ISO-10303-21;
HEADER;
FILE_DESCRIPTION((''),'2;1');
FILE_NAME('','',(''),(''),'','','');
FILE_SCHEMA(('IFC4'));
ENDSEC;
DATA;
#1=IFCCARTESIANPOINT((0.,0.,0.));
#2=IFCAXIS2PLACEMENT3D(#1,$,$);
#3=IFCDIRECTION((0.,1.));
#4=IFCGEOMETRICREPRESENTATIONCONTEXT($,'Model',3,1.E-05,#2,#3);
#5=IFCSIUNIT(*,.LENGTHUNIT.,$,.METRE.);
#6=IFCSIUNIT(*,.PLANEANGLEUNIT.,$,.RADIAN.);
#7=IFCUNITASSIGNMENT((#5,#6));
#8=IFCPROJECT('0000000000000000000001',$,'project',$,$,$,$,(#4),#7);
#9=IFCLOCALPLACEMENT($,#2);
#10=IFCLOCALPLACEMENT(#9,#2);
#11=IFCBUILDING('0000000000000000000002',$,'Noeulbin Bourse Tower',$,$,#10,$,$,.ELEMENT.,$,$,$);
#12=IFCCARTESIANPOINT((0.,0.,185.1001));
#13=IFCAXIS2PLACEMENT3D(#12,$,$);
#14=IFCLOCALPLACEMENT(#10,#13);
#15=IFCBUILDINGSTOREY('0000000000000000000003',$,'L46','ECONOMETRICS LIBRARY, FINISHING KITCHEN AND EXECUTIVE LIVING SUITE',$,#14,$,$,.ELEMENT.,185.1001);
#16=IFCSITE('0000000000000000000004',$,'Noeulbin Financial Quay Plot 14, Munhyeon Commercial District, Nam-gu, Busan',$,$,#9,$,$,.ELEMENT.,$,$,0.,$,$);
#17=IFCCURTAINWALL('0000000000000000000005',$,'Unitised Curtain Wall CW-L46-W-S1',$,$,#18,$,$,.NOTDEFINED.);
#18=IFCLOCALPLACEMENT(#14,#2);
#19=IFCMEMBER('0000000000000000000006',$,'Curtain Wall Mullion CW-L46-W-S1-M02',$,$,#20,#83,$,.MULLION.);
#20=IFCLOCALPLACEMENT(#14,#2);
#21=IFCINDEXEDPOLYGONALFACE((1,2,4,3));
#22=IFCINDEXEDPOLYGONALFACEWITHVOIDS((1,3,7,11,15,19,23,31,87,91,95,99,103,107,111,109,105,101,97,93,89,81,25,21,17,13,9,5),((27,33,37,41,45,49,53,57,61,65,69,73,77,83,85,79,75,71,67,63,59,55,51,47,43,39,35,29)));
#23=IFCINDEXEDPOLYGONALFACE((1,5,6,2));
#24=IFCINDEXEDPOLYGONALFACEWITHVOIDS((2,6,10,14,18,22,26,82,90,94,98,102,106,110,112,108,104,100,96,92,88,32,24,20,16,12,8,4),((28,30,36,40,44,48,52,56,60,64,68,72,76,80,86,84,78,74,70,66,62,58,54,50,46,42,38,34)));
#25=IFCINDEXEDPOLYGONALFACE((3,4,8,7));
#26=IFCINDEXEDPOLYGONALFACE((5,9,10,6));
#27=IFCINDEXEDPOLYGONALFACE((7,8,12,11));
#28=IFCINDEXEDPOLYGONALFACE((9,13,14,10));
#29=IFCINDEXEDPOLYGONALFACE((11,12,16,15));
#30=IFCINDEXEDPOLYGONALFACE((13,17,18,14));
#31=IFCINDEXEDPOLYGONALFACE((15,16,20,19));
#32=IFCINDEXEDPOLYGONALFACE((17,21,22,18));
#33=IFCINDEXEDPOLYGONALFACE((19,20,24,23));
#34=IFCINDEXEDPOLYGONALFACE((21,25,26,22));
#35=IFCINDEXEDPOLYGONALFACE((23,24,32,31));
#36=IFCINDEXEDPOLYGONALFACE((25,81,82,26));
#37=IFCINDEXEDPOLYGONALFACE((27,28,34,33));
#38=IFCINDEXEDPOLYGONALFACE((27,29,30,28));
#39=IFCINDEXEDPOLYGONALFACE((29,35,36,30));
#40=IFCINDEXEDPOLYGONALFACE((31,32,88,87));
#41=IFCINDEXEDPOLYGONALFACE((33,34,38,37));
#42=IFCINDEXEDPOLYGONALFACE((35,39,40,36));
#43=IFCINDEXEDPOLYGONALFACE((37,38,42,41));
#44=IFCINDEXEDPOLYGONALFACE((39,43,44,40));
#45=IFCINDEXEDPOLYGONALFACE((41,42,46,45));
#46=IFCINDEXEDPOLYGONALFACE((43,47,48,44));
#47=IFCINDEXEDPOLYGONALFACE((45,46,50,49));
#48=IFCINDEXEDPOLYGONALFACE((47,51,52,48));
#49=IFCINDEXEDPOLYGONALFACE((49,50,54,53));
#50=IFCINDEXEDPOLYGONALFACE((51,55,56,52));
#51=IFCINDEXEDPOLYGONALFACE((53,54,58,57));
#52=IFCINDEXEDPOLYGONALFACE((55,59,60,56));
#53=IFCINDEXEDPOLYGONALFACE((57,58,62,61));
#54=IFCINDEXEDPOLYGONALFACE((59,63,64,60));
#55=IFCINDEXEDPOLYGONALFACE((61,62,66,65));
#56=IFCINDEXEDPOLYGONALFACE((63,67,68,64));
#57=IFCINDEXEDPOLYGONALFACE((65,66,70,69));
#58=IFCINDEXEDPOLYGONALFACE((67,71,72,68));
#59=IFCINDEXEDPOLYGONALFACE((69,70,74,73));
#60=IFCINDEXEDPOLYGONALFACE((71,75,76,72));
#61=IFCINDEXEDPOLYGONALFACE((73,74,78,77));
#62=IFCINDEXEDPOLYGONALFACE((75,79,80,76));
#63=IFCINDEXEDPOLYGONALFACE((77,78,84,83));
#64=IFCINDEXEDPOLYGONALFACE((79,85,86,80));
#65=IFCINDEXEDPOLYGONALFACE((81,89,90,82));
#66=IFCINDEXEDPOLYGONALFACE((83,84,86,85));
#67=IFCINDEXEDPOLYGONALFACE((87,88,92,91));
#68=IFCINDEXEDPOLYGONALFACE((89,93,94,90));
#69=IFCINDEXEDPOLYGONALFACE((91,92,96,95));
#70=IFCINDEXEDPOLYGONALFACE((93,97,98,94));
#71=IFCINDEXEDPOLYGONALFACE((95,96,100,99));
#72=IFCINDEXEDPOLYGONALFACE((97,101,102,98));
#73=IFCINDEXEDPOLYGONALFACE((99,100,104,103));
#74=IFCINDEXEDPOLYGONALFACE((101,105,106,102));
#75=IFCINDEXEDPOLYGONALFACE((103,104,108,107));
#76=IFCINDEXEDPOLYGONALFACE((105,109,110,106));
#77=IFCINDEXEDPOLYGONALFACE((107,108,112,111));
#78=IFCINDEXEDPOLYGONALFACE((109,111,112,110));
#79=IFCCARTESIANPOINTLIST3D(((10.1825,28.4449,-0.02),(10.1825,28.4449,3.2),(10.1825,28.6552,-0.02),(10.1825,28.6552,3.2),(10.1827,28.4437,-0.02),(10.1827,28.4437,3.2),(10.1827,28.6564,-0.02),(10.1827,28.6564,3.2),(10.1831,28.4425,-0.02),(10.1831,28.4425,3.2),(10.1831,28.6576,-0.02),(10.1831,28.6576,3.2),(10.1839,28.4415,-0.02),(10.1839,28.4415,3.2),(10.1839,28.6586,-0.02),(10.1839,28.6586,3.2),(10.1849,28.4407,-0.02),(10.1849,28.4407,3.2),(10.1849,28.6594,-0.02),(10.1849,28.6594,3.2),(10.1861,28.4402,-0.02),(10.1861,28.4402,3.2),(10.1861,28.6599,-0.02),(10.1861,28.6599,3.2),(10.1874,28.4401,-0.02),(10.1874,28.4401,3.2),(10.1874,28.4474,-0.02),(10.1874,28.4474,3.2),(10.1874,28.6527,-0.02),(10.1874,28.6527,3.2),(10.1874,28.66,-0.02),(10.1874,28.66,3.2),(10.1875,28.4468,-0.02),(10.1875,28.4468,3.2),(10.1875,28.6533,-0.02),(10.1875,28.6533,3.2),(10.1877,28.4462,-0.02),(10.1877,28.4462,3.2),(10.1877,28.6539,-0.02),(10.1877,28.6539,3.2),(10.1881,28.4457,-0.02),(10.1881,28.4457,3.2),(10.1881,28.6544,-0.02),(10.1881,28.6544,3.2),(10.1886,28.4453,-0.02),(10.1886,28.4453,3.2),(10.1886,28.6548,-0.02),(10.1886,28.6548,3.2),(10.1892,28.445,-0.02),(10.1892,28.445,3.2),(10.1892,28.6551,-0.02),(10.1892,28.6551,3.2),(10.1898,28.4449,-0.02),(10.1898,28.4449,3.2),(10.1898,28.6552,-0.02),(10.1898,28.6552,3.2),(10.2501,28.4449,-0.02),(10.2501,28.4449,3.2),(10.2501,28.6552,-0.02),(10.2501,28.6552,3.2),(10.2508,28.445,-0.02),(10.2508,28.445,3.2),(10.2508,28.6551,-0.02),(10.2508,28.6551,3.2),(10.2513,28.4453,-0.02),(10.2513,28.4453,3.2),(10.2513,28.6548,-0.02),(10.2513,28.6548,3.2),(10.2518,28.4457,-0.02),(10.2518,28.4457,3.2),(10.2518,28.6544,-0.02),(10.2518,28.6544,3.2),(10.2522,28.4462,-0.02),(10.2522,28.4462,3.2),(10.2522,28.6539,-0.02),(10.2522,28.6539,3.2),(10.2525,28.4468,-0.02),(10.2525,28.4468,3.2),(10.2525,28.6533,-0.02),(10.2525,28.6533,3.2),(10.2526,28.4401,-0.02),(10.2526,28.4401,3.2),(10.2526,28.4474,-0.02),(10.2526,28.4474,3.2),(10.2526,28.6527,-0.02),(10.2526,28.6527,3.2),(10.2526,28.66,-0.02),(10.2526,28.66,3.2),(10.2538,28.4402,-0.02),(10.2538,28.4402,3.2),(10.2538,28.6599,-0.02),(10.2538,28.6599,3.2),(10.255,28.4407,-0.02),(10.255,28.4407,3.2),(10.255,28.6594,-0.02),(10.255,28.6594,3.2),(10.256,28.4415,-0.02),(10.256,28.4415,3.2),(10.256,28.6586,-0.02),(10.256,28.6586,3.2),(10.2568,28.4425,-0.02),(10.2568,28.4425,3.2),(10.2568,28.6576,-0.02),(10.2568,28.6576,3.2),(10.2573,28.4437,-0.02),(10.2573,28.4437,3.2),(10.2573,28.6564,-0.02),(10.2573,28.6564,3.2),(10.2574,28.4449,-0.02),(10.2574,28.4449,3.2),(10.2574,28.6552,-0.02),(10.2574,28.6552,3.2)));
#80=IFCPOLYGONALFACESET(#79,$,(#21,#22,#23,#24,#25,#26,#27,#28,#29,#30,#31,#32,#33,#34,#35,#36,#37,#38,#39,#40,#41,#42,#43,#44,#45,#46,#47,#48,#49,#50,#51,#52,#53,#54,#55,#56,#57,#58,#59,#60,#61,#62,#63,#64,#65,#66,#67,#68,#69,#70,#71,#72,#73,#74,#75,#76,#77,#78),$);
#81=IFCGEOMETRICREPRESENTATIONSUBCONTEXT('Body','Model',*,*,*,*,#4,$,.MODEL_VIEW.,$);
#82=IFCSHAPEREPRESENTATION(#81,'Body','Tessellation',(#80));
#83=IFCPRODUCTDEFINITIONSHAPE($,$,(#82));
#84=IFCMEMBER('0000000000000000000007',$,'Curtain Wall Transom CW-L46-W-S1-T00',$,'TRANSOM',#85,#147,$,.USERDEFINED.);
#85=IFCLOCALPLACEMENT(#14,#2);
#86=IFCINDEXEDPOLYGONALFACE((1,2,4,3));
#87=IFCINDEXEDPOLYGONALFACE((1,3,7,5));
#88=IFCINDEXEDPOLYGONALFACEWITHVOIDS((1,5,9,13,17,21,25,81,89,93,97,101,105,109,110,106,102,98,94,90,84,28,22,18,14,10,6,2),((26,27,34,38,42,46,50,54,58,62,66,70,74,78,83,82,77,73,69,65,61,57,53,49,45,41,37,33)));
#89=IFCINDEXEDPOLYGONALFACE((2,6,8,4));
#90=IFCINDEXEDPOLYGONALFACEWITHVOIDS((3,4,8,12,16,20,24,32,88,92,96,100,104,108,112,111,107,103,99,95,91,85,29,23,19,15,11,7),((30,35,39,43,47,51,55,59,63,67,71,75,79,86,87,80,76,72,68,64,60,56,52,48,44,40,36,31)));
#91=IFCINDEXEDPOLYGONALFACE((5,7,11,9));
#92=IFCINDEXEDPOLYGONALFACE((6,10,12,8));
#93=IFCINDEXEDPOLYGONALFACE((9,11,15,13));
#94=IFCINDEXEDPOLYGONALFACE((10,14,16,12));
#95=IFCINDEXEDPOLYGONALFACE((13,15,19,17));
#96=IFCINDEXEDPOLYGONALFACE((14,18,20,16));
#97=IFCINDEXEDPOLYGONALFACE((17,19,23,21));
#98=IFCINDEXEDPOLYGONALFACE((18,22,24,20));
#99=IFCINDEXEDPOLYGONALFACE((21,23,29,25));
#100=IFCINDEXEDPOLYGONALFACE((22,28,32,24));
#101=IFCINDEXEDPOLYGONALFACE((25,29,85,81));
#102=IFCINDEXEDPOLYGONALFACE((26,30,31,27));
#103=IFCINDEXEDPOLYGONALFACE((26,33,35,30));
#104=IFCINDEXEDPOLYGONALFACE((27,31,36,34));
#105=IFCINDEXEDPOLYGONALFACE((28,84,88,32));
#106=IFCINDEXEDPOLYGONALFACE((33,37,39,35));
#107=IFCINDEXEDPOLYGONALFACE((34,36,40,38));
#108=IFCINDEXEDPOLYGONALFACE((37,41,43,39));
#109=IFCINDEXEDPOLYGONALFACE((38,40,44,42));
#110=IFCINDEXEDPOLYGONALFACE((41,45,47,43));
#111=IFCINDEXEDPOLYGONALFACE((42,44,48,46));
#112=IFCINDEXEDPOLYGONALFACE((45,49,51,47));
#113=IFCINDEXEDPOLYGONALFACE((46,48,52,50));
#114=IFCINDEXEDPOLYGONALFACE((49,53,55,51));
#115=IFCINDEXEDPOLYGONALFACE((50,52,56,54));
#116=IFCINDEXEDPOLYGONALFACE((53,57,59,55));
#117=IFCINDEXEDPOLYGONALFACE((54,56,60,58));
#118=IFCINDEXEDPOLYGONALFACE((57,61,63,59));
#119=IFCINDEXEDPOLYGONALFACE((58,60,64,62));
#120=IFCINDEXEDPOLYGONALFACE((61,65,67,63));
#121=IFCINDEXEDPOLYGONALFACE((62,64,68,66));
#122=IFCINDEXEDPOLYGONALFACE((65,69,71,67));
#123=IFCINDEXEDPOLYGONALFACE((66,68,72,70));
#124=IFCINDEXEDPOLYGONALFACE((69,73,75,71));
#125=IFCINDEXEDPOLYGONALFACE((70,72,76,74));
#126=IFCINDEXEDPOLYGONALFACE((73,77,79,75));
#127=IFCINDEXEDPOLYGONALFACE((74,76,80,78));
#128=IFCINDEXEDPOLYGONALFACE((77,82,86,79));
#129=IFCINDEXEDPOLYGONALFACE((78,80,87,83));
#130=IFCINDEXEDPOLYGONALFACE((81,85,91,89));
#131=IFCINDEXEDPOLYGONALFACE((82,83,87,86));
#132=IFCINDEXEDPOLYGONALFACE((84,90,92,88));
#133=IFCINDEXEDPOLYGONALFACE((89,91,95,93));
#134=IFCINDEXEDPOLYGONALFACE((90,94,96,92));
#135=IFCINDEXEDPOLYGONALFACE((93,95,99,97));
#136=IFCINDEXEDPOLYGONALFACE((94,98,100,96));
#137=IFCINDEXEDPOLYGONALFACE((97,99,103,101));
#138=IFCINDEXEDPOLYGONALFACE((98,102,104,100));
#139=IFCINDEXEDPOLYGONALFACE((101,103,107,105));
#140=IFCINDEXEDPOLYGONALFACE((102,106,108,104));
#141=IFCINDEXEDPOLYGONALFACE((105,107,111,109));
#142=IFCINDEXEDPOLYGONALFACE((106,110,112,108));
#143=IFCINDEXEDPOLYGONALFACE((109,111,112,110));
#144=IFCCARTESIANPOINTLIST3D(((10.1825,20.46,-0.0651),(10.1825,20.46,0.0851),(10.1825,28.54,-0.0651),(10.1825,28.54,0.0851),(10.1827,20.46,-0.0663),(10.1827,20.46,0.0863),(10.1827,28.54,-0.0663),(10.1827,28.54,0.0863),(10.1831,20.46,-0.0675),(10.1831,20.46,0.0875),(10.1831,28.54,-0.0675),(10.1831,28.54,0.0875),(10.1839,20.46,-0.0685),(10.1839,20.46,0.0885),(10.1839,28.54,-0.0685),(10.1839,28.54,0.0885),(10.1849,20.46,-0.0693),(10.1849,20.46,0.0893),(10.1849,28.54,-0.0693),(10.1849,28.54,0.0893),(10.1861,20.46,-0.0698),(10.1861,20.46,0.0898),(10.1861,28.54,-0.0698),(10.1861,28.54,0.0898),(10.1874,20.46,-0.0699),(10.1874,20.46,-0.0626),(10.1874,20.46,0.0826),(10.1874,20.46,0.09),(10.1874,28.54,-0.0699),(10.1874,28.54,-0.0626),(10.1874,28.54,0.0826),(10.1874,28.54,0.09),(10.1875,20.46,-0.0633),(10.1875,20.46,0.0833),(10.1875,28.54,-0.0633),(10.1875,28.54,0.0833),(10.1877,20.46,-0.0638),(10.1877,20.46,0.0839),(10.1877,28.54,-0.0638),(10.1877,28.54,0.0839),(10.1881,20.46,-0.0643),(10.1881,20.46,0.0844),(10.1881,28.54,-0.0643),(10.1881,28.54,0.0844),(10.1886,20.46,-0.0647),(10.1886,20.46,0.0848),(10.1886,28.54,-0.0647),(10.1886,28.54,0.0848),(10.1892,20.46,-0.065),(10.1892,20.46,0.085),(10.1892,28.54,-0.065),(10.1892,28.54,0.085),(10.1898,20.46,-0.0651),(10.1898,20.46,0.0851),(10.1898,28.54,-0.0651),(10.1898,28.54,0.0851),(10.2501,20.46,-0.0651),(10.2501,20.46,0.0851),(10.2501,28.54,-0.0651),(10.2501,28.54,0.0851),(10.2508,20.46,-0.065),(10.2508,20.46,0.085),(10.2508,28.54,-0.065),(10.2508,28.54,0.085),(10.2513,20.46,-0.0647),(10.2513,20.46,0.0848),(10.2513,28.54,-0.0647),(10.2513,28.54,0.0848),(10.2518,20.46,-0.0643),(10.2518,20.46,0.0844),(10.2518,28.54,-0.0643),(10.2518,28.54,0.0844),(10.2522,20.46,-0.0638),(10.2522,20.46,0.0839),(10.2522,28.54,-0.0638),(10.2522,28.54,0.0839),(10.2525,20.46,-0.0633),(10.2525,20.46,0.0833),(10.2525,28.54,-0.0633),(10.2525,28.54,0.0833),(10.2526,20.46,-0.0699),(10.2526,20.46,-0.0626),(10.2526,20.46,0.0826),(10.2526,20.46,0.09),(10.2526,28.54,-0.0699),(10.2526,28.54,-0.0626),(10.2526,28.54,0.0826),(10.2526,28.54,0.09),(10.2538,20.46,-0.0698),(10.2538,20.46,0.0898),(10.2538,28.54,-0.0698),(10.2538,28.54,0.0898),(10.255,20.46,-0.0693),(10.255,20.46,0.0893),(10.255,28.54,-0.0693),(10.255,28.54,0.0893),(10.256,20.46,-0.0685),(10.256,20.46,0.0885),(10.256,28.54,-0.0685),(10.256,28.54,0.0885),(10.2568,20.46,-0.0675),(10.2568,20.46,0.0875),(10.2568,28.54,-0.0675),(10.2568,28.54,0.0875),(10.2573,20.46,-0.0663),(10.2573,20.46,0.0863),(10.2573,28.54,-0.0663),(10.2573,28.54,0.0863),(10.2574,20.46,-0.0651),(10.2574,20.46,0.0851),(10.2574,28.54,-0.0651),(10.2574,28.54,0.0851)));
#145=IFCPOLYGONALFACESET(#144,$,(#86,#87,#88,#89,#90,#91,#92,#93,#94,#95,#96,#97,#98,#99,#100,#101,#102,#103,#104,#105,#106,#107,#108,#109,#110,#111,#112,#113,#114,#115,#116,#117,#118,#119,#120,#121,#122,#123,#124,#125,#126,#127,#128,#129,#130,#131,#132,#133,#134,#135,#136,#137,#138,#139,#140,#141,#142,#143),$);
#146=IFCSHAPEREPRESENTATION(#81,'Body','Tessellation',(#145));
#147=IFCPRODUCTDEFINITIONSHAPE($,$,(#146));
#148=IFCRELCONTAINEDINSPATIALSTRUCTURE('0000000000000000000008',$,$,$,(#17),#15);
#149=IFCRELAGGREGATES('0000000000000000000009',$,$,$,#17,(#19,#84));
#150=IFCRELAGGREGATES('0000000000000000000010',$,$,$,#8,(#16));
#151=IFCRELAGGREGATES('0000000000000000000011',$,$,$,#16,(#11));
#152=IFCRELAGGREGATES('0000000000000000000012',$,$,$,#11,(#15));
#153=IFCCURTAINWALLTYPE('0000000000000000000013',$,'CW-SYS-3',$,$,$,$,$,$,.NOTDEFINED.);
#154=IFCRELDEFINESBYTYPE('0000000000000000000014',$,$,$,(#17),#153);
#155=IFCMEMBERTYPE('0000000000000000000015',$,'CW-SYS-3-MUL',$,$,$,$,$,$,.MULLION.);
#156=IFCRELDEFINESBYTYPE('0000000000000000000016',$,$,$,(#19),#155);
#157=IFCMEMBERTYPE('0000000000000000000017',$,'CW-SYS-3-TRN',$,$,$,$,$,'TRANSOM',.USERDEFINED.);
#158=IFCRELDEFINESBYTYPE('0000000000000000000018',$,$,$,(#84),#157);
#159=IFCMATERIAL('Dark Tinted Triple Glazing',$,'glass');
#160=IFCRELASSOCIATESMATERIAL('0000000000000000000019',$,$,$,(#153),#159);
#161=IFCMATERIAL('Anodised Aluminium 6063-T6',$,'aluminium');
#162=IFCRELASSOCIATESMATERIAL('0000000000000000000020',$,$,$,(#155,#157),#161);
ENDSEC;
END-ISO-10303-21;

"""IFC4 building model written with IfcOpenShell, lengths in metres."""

from ifc_helpers import new_model, si_unit, direction, frame, origin, origin_2d, place, context, subcontext, project, spatial, hollow_rectangle, extrude, material, material_profile, profile_set, type_object, element, aggregate, save


model = new_model("IFC4")

# Units and contexts
model_context = context("Model", 3, precision=1e-05, world=origin(), true_north=direction((0.0, 1.0)))
body_context = subcontext(model_context, "Body", "Model", "MODEL_VIEW")
ifc_project = project(units=[si_unit("LENGTHUNIT", "METRE"), si_unit("PLANEANGLEUNIT", "RADIAN")], contexts=[model_context])

# Site, building, storey
site_placement = place(None, origin())
site = spatial("IfcSite", under=ifc_project, at=site_placement, Name="Noeulbin Financial Quay Plot 14, Munhyeon Commercial District, Nam-gu, Busan", CompositionType="ELEMENT", RefElevation=0.0)
building_placement = place(site_placement, origin())
building = spatial("IfcBuilding", under=site, at=building_placement, Name="Noeulbin Bourse Tower", CompositionType="ELEMENT")
storey_placement = place(building_placement, frame((0.0, 0.0, 185.1001)))
storey = spatial("IfcBuildingStorey", under=building, at=storey_placement, Name="L46", Description="ECONOMETRICS LIBRARY, FINISHING KITCHEN AND EXECUTIVE LIVING SUITE", CompositionType="ELEMENT", Elevation=185.1001)

# Curtain wall, members
ifc_material_1 = material(Name="Dark Tinted Triple Glazing", Category="glass")
curtain_wall_type = type_object("IfcCurtainWallType", Name="CW-SYS-3", PredefinedType="NOTDEFINED", material=ifc_material_1)
curtain_wall_placement = place(storey_placement, origin())
curtain_wall = element("IfcCurtainWall", 1, at=curtain_wall_placement, inside=storey, type_object=curtain_wall_type, Name="Unitised Curtain Wall CW-L46-W-S1", PredefinedType="NOTDEFINED")
ifc_material_2 = material(Name="Anodised Aluminium 6063-T6", Category="aluminium")
ifc_material_profile_1 = material_profile(ifc_material_2, hollow_rectangle(XDim=0.075, YDim=0.22, WallThickness=0.0049, InnerFilletRadius=0.0024, OuterFilletRadius=0.0049, at=origin_2d()), Name="ALU-MULL-75x220x5", Category="LoadBearing")
ifc_profile_set_1 = profile_set([ifc_material_profile_1], Name="Anodised Aluminium 6063-T6")
member_type_1 = type_object("IfcMemberType", Name="CW-SYS-3-MUL", PredefinedType="MULLION", material=ifc_profile_set_1)
member_1_placement = place(storey_placement, frame((10.22, 28.55, -0.02), z_axis=(0.0, 0.0, 1.0), x_axis=(1.0, 0.0, 0.0)))
member_1 = element("IfcMember", 2, at=member_1_placement, type_object=member_type_1, Name="Curtain Wall Mullion CW-L46-W-S1-M02", PredefinedType="MULLION", context=body_context, shape_type="SweptSolid", body=[
    extrude(hollow_rectangle(XDim=0.075, YDim=0.22, WallThickness=0.0049, InnerFilletRadius=0.0024, OuterFilletRadius=0.0049, at=origin_2d()), origin(), (0.0, 0.0, 1.0), 3.22),
])
ifc_material_profile_2 = material_profile(ifc_material_2, hollow_rectangle(XDim=0.075, YDim=0.1599, WallThickness=0.0049, InnerFilletRadius=0.0024, OuterFilletRadius=0.0049, at=origin_2d()), Name="ALU-TRAN-75x160x5", Category="LoadBearing")
ifc_profile_set_2 = profile_set([ifc_material_profile_2], Name="Anodised Aluminium 6063-T6")
member_type_2 = type_object("IfcMemberType", Name="CW-SYS-3-TRN", ElementType="TRANSOM", PredefinedType="USERDEFINED", material=ifc_profile_set_2)
member_2_placement = place(storey_placement, frame((10.22, 20.46, 0.01), z_axis=(0.0, 1.0, 0.0), x_axis=(-1.0, 0.0, 0.0)))
member_2 = element("IfcMember", 3, at=member_2_placement, type_object=member_type_2, Name="Curtain Wall Transom CW-L46-W-S1-T00", ObjectType="TRANSOM", PredefinedType="USERDEFINED", context=body_context, shape_type="SweptSolid", body=[
    extrude(hollow_rectangle(XDim=0.075, YDim=0.1599, WallThickness=0.0049, InnerFilletRadius=0.0024, OuterFilletRadius=0.0049, at=origin_2d()), origin(), (0.0, 0.0, 1.0), 8.0801),
])
aggregate(curtain_wall, [member_1, member_2])

save(model, "model.ifc")
